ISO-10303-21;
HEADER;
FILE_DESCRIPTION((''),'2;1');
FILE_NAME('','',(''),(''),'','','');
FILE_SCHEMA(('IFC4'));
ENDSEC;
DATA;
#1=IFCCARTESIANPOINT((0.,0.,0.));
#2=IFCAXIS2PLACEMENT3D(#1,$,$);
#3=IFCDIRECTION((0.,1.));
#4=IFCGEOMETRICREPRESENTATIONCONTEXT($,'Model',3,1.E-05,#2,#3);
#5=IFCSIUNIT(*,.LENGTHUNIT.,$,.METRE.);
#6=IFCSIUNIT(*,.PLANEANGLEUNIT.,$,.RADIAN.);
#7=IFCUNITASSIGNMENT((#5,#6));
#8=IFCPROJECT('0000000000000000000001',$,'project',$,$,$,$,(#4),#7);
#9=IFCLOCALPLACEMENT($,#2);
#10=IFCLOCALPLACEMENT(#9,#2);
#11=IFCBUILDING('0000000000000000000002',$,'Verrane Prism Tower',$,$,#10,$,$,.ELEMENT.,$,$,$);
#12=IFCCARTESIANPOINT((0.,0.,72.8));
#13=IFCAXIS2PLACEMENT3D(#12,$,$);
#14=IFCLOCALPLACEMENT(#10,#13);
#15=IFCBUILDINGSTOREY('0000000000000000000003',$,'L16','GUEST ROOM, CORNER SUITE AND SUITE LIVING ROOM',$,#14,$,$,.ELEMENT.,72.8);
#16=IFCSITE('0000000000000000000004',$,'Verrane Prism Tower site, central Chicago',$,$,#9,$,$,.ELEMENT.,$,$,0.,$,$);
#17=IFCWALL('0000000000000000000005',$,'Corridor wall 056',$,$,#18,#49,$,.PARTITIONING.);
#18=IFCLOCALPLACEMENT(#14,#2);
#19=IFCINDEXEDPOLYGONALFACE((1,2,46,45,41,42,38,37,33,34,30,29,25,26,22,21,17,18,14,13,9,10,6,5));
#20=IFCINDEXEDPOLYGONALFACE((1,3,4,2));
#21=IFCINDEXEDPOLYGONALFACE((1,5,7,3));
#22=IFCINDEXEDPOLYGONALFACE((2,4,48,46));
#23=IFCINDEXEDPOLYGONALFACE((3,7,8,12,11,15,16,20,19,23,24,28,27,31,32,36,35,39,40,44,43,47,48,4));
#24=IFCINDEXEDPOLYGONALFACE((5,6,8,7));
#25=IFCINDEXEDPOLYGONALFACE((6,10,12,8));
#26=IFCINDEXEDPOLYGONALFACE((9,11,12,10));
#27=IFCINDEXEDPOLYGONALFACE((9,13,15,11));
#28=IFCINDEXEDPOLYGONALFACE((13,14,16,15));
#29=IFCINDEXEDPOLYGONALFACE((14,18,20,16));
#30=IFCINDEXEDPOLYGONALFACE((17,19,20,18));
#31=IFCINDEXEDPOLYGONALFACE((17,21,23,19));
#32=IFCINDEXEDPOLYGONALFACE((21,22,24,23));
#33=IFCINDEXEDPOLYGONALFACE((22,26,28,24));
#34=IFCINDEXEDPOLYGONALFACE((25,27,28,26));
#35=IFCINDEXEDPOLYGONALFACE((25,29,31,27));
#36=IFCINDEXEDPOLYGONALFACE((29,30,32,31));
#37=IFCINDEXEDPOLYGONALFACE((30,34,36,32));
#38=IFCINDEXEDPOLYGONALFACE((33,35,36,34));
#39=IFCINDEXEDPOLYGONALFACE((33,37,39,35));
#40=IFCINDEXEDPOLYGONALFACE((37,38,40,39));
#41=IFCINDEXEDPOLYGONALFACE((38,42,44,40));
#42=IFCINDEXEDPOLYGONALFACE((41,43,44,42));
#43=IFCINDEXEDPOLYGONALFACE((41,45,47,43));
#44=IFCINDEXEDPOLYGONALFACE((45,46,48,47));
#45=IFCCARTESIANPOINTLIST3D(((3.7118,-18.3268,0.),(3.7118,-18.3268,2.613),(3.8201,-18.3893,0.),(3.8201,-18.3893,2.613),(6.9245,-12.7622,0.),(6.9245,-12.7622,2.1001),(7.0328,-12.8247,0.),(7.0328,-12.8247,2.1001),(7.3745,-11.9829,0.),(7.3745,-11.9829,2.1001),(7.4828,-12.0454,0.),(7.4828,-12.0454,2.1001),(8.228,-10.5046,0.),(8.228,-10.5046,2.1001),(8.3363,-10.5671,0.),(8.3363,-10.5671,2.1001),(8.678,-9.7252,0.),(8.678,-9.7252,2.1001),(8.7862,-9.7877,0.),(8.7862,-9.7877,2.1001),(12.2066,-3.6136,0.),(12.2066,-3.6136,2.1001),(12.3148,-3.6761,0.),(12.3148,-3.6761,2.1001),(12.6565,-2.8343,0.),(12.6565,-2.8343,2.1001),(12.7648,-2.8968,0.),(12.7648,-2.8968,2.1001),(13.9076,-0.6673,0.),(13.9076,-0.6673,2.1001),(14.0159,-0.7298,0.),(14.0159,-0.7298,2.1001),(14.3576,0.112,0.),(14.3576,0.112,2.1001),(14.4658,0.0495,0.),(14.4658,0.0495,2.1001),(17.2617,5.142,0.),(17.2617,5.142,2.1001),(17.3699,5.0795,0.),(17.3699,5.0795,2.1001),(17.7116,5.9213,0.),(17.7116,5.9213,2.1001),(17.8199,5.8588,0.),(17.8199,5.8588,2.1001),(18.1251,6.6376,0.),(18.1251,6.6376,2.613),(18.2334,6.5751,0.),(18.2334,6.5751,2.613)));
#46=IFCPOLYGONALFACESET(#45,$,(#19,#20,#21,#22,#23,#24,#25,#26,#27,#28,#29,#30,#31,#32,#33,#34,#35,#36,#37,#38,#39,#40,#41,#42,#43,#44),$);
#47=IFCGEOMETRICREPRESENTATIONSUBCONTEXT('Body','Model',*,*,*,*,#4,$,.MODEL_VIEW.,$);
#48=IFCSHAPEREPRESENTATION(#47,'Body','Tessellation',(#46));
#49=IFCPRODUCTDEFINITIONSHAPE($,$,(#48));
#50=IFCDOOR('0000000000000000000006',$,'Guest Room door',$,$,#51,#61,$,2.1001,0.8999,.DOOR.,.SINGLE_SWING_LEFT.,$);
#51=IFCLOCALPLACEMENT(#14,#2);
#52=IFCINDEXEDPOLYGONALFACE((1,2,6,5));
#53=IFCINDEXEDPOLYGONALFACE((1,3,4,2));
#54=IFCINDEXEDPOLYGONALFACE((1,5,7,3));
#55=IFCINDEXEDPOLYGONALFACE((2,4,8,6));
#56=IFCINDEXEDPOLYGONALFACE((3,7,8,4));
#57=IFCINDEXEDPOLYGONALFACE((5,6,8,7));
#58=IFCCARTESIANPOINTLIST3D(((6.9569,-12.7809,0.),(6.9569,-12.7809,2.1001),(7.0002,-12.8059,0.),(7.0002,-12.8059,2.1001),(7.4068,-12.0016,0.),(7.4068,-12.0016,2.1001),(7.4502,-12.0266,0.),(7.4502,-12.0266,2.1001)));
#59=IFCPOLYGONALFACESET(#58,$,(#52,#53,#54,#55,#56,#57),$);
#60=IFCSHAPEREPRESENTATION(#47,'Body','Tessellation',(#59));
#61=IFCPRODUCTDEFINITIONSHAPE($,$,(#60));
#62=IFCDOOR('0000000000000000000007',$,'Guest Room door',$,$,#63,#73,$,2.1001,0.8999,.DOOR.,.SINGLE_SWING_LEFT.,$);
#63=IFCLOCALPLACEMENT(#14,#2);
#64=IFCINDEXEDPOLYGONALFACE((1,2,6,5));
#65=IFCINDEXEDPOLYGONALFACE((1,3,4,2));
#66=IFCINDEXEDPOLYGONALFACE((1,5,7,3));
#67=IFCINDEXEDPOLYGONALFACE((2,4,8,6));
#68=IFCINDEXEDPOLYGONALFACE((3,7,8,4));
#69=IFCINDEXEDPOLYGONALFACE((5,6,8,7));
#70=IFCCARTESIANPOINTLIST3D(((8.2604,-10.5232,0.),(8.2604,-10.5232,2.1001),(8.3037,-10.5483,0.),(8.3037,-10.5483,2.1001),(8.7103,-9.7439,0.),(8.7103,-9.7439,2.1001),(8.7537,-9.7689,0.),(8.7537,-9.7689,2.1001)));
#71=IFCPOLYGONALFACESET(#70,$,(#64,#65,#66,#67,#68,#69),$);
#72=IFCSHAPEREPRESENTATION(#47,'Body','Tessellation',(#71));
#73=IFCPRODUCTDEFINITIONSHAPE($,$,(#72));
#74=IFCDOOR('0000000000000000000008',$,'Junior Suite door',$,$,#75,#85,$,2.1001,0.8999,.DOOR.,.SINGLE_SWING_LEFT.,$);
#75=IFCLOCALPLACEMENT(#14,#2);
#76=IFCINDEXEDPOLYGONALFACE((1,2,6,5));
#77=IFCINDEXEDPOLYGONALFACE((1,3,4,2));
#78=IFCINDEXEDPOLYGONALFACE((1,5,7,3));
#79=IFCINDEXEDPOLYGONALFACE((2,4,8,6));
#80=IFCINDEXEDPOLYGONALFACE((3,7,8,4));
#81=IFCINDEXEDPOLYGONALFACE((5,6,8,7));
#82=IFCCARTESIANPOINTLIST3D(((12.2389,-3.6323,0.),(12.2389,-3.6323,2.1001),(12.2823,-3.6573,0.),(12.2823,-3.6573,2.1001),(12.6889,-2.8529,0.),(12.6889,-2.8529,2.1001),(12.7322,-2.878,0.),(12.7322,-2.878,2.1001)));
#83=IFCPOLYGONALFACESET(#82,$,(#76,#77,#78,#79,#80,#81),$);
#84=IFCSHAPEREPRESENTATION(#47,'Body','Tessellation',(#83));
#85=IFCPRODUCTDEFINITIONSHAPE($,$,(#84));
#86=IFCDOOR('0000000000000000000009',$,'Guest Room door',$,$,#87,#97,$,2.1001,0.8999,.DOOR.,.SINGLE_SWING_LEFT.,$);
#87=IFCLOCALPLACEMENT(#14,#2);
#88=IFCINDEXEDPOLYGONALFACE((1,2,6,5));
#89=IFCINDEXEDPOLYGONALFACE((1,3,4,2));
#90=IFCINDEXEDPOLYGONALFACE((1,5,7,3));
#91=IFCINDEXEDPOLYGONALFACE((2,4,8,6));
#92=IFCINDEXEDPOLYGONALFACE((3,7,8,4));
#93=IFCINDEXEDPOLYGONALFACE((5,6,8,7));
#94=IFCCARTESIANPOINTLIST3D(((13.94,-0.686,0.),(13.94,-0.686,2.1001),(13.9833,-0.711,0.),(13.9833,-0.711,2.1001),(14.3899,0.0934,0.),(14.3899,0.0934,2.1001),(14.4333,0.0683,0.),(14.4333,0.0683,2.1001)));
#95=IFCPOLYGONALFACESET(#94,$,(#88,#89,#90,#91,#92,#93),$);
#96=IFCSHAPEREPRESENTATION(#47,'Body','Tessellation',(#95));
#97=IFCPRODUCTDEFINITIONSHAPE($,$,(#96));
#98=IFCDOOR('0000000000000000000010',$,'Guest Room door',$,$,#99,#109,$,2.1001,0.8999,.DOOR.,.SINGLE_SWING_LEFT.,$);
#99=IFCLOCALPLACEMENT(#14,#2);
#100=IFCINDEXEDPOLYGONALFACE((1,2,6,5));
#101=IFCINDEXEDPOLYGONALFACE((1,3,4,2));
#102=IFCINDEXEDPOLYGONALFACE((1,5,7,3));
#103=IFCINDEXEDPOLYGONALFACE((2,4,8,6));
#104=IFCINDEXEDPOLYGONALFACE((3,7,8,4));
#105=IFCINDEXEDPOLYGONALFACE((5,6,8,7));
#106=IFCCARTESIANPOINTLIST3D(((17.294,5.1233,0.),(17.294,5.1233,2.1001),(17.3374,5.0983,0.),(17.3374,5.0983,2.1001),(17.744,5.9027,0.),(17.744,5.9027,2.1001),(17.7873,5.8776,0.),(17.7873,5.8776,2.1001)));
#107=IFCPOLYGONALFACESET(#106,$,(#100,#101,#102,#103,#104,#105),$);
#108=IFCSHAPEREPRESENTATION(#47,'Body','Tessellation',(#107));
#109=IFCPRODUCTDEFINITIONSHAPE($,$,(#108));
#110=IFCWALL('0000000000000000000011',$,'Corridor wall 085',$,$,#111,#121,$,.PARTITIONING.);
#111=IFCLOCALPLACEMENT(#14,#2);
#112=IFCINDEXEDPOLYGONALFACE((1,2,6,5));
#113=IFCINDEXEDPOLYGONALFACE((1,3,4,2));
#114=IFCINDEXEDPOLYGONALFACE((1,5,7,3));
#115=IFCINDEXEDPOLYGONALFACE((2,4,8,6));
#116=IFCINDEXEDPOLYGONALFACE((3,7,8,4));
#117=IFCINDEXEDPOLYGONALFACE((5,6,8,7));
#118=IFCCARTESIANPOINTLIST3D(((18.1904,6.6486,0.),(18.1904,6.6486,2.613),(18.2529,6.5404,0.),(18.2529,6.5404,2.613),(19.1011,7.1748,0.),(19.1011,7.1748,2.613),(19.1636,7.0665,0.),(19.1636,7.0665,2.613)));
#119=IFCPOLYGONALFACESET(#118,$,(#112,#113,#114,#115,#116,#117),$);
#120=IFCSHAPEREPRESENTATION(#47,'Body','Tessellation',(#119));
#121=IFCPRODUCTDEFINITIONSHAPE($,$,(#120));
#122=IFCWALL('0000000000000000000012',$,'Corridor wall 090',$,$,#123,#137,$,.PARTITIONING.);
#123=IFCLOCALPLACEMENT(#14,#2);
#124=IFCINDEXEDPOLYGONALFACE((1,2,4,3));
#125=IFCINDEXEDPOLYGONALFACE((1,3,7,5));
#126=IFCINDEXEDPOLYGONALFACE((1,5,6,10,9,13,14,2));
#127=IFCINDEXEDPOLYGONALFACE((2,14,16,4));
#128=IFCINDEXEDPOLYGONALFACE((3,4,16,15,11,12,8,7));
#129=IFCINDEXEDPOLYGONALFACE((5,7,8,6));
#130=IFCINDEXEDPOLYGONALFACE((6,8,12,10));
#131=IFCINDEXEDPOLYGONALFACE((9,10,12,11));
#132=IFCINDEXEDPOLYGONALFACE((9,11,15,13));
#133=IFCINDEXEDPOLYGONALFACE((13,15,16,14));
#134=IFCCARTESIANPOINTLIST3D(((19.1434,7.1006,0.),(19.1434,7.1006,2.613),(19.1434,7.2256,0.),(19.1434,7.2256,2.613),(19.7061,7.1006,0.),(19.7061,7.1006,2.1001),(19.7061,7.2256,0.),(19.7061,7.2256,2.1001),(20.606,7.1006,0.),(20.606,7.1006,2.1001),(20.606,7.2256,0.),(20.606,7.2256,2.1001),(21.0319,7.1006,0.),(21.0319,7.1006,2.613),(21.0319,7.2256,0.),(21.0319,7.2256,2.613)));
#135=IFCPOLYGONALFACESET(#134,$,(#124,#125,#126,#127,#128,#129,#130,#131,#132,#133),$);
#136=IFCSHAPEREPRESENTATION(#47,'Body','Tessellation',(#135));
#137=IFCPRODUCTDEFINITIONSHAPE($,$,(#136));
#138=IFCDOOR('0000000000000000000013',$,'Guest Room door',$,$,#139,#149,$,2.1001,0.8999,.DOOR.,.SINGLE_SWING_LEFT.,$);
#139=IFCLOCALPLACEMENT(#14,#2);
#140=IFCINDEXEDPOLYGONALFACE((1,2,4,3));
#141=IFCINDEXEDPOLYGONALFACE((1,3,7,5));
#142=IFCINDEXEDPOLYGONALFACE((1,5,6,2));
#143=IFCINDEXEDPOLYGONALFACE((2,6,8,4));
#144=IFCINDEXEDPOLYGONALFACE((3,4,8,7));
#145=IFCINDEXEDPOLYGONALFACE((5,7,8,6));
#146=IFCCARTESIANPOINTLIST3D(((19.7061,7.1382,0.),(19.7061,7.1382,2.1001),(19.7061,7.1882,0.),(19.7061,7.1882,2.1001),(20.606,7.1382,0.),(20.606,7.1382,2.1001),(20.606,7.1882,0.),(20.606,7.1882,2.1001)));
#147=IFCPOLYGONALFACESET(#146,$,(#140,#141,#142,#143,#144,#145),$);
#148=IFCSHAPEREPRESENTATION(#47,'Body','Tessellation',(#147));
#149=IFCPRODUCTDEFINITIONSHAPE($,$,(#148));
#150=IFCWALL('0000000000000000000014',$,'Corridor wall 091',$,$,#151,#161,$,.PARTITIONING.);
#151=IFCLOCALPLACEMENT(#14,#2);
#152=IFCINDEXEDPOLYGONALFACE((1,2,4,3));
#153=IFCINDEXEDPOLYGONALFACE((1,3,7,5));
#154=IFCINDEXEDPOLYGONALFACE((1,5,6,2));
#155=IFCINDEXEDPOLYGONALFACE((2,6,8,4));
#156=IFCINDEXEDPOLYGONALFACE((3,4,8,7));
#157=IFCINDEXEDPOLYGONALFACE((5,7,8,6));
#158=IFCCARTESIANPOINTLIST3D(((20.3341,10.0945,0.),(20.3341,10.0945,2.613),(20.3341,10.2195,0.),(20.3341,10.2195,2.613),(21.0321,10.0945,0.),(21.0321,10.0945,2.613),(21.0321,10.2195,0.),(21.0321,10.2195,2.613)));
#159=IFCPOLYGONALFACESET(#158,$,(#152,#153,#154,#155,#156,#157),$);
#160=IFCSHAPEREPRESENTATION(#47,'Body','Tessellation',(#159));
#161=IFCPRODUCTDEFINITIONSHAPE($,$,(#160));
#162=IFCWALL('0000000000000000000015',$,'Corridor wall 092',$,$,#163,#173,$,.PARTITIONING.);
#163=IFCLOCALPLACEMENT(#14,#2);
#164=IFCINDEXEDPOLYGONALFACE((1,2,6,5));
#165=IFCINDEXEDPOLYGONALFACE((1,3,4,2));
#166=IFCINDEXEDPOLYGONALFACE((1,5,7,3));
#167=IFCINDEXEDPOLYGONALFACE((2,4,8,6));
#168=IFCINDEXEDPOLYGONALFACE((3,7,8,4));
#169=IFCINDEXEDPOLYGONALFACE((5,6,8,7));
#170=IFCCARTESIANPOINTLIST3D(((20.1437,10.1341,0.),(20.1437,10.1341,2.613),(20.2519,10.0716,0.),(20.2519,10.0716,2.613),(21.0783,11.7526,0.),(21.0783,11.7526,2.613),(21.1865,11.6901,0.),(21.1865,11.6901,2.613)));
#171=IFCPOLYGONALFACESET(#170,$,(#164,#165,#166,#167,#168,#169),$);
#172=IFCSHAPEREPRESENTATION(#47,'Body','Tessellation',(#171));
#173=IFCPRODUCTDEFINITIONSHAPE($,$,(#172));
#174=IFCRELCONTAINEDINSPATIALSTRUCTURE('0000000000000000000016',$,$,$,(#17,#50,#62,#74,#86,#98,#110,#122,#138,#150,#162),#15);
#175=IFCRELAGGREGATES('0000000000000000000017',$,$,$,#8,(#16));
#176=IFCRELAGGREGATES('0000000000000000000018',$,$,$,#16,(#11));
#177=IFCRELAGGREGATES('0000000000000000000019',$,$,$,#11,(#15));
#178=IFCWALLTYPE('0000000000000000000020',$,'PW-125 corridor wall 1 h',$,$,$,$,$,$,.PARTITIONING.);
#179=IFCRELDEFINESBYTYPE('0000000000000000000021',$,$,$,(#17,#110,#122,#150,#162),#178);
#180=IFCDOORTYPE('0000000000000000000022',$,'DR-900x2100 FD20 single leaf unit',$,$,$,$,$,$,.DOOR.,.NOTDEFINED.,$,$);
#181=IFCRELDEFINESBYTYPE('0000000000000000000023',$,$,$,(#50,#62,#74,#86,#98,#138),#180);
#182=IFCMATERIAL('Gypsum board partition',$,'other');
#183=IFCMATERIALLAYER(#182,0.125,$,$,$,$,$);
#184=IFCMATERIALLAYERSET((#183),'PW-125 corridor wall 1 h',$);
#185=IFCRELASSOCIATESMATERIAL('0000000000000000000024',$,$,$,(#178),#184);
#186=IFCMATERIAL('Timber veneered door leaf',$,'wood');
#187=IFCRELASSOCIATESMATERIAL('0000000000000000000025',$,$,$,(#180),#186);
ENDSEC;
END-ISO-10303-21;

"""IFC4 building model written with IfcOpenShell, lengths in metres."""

from ifc_helpers import new_model, si_unit, direction, frame, frame_2d, origin, place, context, subcontext, project, spatial, rectangle, extrude, material, layer, layer_set, type_object, element, fill, save


model = new_model("IFC4")

# Units and contexts
model_context = context("Model", 3, precision=1e-05, world=origin(), true_north=direction((0.0, 1.0)))
body_context = subcontext(model_context, "Body", "Model", "MODEL_VIEW")
ifc_project = project(units=[si_unit("LENGTHUNIT", "METRE"), si_unit("PLANEANGLEUNIT", "RADIAN")], contexts=[model_context])

# Site, building, storey
site_placement = place(None, origin())
site = spatial("IfcSite", under=ifc_project, at=site_placement, Name="Verrane Prism Tower site, central Chicago", CompositionType="ELEMENT", RefElevation=0.0)
building_placement = place(site_placement, origin())
building = spatial("IfcBuilding", under=site, at=building_placement, Name="Verrane Prism Tower", CompositionType="ELEMENT")
storey_placement = place(building_placement, frame((0.0, 0.0, 72.8)))
storey = spatial("IfcBuildingStorey", under=building, at=storey_placement, Name="L16", Description="GUEST ROOM, CORNER SUITE AND SUITE LIVING ROOM", CompositionType="ELEMENT", Elevation=72.8)

# Wall, openings, doors
ifc_material_1 = material(Name="Gypsum board partition", Category="other")
ifc_layer_1 = layer(ifc_material_1, 0.125)
ifc_layer_set_1 = layer_set([ifc_layer_1], Name="PW-125 corridor wall 1 h")
wall_type_1 = type_object("IfcWallType", Name="PW-125 corridor wall 1 h", PredefinedType="PARTITIONING", material=ifc_layer_set_1)
wall_1_placement = place(storey_placement, frame((18.1792, 6.6062, 0.0), z_axis=(0.0, 0.0, 1.0), x_axis=(-0.500004, -0.866023, 0.0)))
wall_1 = element("IfcWall", 1, at=wall_1_placement, inside=storey, type_object=wall_type_1, Name="Corridor wall 056", PredefinedType="PARTITIONING", context=body_context, shape_type="SweptSolid", body=[
    extrude(rectangle(XDim=28.8264, YDim=0.125, at=frame_2d((14.4131, 0.0))), origin(), (0.0, 0.0, 1.0), 2.613),
])
opening_1_placement = place(wall_1_placement, frame((21.501, 0.0, 0.0)))
opening_1 = element("IfcOpeningElement", 2, at=opening_1_placement, cuts=wall_1, PredefinedType="OPENING", context=body_context, shape_type="SweptSolid", body=[
    extrude(rectangle(XDim=0.8999, YDim=2.1001, at=frame_2d((0.45, 1.05))), frame((0.0, 0.0725, 0.0), z_axis=(0.0, -1.0, 0.0), x_axis=(1.0, 0.0, 0.0)), (0.0, 0.0, 1.0), 0.145),
])
opening_2_placement = place(wall_1_placement, frame((18.894, 0.0, 0.0)))
opening_2 = element("IfcOpeningElement", 3, at=opening_2_placement, cuts=wall_1, PredefinedType="OPENING", context=body_context, shape_type="SweptSolid", body=[
    extrude(rectangle(XDim=0.8999, YDim=2.1001, at=frame_2d((0.45, 1.05))), frame((0.0, 0.0725, 0.0), z_axis=(0.0, -1.0, 0.0), x_axis=(1.0, 0.0, 0.0)), (0.0, 0.0, 1.0), 0.145),
])
opening_3_placement = place(wall_1_placement, frame((10.937, 0.0, 0.0)))
opening_3 = element("IfcOpeningElement", 4, at=opening_3_placement, cuts=wall_1, PredefinedType="OPENING", context=body_context, shape_type="SweptSolid", body=[
    extrude(rectangle(XDim=0.8999, YDim=2.1001, at=frame_2d((0.45, 1.05))), frame((0.0, 0.0725, 0.0), z_axis=(0.0, -1.0, 0.0), x_axis=(1.0, 0.0, 0.0)), (0.0, 0.0, 1.0), 0.145),
])
opening_4_placement = place(wall_1_placement, frame((7.5349, 0.0, 0.0)))
opening_4 = element("IfcOpeningElement", 5, at=opening_4_placement, cuts=wall_1, PredefinedType="OPENING", context=body_context, shape_type="SweptSolid", body=[
    extrude(rectangle(XDim=0.8999, YDim=2.1001, at=frame_2d((0.45, 1.05))), frame((0.0, 0.0725, 0.0), z_axis=(0.0, -1.0, 0.0), x_axis=(1.0, 0.0, 0.0)), (0.0, 0.0, 1.0), 0.145),
])
opening_5_placement = place(wall_1_placement, frame((0.8269, 0.0, 0.0)))
opening_5 = element("IfcOpeningElement", 6, at=opening_5_placement, cuts=wall_1, PredefinedType="OPENING", context=body_context, shape_type="SweptSolid", body=[
    extrude(rectangle(XDim=0.8999, YDim=2.1001, at=frame_2d((0.45, 1.05))), frame((0.0, 0.0725, 0.0), z_axis=(0.0, -1.0, 0.0), x_axis=(1.0, 0.0, 0.0)), (0.0, 0.0, 1.0), 0.145),
])
ifc_material_2 = material(Name="Timber veneered door leaf", Category="wood")
door_type_1 = type_object("IfcDoorType", Name="DR-900x2100 FD20 single leaf unit", OperationType="NOTDEFINED", PredefinedType="DOOR", material=ifc_material_2)
door_1_placement = place(opening_1_placement, origin())
door_1 = element("IfcDoor", 7, at=door_1_placement, inside=storey, type_object=door_type_1, Name="Guest Room door", OperationType="SINGLE_SWING_LEFT", OverallHeight=2.1001, OverallWidth=0.8999, PredefinedType="DOOR", context=body_context, shape_type="SweptSolid", body=[
    extrude(rectangle(XDim=0.8999, YDim=2.1001, at=frame_2d((0.45, 1.05))), frame((0.0, 0.0249, 0.0), z_axis=(0.0, -1.0, 0.0), x_axis=(1.0, 0.0, 0.0)), (0.0, 0.0, 1.0), 0.05),
])
fill(opening_1, door_1)
door_2_placement = place(opening_2_placement, origin())
door_2 = element("IfcDoor", 8, at=door_2_placement, inside=storey, type_object=door_type_1, Name="Guest Room door", OperationType="SINGLE_SWING_LEFT", OverallHeight=2.1001, OverallWidth=0.8999, PredefinedType="DOOR", context=body_context, shape_type="SweptSolid", body=[
    extrude(rectangle(XDim=0.8999, YDim=2.1001, at=frame_2d((0.45, 1.05))), frame((0.0, 0.0249, 0.0), z_axis=(0.0, -1.0, 0.0), x_axis=(1.0, 0.0, 0.0)), (0.0, 0.0, 1.0), 0.05),
])
fill(opening_2, door_2)
door_3_placement = place(opening_3_placement, origin())
door_3 = element("IfcDoor", 9, at=door_3_placement, inside=storey, type_object=door_type_1, Name="Junior Suite door", OperationType="SINGLE_SWING_LEFT", OverallHeight=2.1001, OverallWidth=0.8999, PredefinedType="DOOR", context=body_context, shape_type="SweptSolid", body=[
    extrude(rectangle(XDim=0.8999, YDim=2.1001, at=frame_2d((0.45, 1.05))), frame((0.0, 0.0249, 0.0), z_axis=(0.0, -1.0, 0.0), x_axis=(1.0, 0.0, 0.0)), (0.0, 0.0, 1.0), 0.05),
])
fill(opening_3, door_3)
door_4_placement = place(opening_4_placement, origin())
door_4 = element("IfcDoor", 10, at=door_4_placement, inside=storey, type_object=door_type_1, Name="Guest Room door", OperationType="SINGLE_SWING_LEFT", OverallHeight=2.1001, OverallWidth=0.8999, PredefinedType="DOOR", context=body_context, shape_type="SweptSolid", body=[
    extrude(rectangle(XDim=0.8999, YDim=2.1001, at=frame_2d((0.45, 1.05))), frame((0.0, 0.0249, 0.0), z_axis=(0.0, -1.0, 0.0), x_axis=(1.0, 0.0, 0.0)), (0.0, 0.0, 1.0), 0.05),
])
fill(opening_4, door_4)
door_5_placement = place(opening_5_placement, origin())
door_5 = element("IfcDoor", 11, at=door_5_placement, inside=storey, type_object=door_type_1, Name="Guest Room door", OperationType="SINGLE_SWING_LEFT", OverallHeight=2.1001, OverallWidth=0.8999, PredefinedType="DOOR", context=body_context, shape_type="SweptSolid", body=[
    extrude(rectangle(XDim=0.8999, YDim=2.1001, at=frame_2d((0.45, 1.05))), frame((0.0, 0.0249, 0.0), z_axis=(0.0, -1.0, 0.0), x_axis=(1.0, 0.0, 0.0)), (0.0, 0.0, 1.0), 0.05),
])
fill(opening_5, door_5)

# Wall
wall_2_placement = place(storey_placement, frame((18.2217, 6.5945, 0.0), z_axis=(0.0, 0.0, 1.0), x_axis=(0.865876, 0.500258, 0.0)))
element("IfcWall", 12, at=wall_2_placement, inside=storey, type_object=wall_type_1, Name="Corridor wall 085", PredefinedType="PARTITIONING", context=body_context, shape_type="SweptSolid", body=[
    extrude(rectangle(XDim=1.0518, YDim=0.125, at=frame_2d((0.5259, 0.0))), origin(), (0.0, 0.0, 1.0), 2.613),
])

# Wall, opening, door
wall_3_placement = place(storey_placement, frame((21.032, 7.1631, 0.0), z_axis=(0.0, 0.0, 1.0), x_axis=(-1.0, 0.0, 0.0)))
wall_3 = element("IfcWall", 13, at=wall_3_placement, inside=storey, type_object=wall_type_1, Name="Corridor wall 090", PredefinedType="PARTITIONING", context=body_context, shape_type="SweptSolid", body=[
    extrude(rectangle(XDim=1.8884, YDim=0.125, at=frame_2d((0.9443, 0.0))), origin(), (0.0, 0.0, 1.0), 2.613),
])
opening_6_placement = place(wall_3_placement, frame((0.426, 0.0, 0.0)))
opening_6 = element("IfcOpeningElement", 14, at=opening_6_placement, cuts=wall_3, PredefinedType="OPENING", context=body_context, shape_type="SweptSolid", body=[
    extrude(rectangle(XDim=0.8999, YDim=2.1001, at=frame_2d((0.45, 1.05))), frame((0.0, 0.0725, 0.0), z_axis=(0.0, -1.0, 0.0), x_axis=(1.0, 0.0, 0.0)), (0.0, 0.0, 1.0), 0.145),
])
door_6_placement = place(opening_6_placement, origin())
door_6 = element("IfcDoor", 15, at=door_6_placement, inside=storey, type_object=door_type_1, Name="Guest Room door", OperationType="SINGLE_SWING_LEFT", OverallHeight=2.1001, OverallWidth=0.8999, PredefinedType="DOOR", context=body_context, shape_type="SweptSolid", body=[
    extrude(rectangle(XDim=0.8999, YDim=2.1001, at=frame_2d((0.45, 1.05))), frame((0.0, 0.0249, 0.0), z_axis=(0.0, -1.0, 0.0), x_axis=(1.0, 0.0, 0.0)), (0.0, 0.0, 1.0), 0.05),
])
fill(opening_6, door_6)

# Walls
wall_4_placement = place(storey_placement, frame((20.334, 10.157, 0.0), z_axis=(0.0, 0.0, 1.0), x_axis=(1.0, 0.0, 0.0)))
element("IfcWall", 16, at=wall_4_placement, inside=storey, type_object=wall_type_1, Name="Corridor wall 091", PredefinedType="PARTITIONING", context=body_context, shape_type="SweptSolid", body=[
    extrude(rectangle(XDim=0.698, YDim=0.125, at=frame_2d((0.3491, 0.0))), origin(), (0.0, 0.0, 1.0), 2.613),
])
wall_5_placement = place(storey_placement, frame((20.1978, 10.1028, 0.0), z_axis=(0.0, 0.0, 1.0), x_axis=(0.500073, 0.865983, 0.0)))
element("IfcWall", 17, at=wall_5_placement, inside=storey, type_object=wall_type_1, Name="Corridor wall 092", PredefinedType="PARTITIONING", context=body_context, shape_type="SweptSolid", body=[
    extrude(rectangle(XDim=1.8689, YDim=0.125, at=frame_2d((0.9346, 0.0))), origin(), (0.0, 0.0, 1.0), 2.613),
])

save(model, "model.ifc")
